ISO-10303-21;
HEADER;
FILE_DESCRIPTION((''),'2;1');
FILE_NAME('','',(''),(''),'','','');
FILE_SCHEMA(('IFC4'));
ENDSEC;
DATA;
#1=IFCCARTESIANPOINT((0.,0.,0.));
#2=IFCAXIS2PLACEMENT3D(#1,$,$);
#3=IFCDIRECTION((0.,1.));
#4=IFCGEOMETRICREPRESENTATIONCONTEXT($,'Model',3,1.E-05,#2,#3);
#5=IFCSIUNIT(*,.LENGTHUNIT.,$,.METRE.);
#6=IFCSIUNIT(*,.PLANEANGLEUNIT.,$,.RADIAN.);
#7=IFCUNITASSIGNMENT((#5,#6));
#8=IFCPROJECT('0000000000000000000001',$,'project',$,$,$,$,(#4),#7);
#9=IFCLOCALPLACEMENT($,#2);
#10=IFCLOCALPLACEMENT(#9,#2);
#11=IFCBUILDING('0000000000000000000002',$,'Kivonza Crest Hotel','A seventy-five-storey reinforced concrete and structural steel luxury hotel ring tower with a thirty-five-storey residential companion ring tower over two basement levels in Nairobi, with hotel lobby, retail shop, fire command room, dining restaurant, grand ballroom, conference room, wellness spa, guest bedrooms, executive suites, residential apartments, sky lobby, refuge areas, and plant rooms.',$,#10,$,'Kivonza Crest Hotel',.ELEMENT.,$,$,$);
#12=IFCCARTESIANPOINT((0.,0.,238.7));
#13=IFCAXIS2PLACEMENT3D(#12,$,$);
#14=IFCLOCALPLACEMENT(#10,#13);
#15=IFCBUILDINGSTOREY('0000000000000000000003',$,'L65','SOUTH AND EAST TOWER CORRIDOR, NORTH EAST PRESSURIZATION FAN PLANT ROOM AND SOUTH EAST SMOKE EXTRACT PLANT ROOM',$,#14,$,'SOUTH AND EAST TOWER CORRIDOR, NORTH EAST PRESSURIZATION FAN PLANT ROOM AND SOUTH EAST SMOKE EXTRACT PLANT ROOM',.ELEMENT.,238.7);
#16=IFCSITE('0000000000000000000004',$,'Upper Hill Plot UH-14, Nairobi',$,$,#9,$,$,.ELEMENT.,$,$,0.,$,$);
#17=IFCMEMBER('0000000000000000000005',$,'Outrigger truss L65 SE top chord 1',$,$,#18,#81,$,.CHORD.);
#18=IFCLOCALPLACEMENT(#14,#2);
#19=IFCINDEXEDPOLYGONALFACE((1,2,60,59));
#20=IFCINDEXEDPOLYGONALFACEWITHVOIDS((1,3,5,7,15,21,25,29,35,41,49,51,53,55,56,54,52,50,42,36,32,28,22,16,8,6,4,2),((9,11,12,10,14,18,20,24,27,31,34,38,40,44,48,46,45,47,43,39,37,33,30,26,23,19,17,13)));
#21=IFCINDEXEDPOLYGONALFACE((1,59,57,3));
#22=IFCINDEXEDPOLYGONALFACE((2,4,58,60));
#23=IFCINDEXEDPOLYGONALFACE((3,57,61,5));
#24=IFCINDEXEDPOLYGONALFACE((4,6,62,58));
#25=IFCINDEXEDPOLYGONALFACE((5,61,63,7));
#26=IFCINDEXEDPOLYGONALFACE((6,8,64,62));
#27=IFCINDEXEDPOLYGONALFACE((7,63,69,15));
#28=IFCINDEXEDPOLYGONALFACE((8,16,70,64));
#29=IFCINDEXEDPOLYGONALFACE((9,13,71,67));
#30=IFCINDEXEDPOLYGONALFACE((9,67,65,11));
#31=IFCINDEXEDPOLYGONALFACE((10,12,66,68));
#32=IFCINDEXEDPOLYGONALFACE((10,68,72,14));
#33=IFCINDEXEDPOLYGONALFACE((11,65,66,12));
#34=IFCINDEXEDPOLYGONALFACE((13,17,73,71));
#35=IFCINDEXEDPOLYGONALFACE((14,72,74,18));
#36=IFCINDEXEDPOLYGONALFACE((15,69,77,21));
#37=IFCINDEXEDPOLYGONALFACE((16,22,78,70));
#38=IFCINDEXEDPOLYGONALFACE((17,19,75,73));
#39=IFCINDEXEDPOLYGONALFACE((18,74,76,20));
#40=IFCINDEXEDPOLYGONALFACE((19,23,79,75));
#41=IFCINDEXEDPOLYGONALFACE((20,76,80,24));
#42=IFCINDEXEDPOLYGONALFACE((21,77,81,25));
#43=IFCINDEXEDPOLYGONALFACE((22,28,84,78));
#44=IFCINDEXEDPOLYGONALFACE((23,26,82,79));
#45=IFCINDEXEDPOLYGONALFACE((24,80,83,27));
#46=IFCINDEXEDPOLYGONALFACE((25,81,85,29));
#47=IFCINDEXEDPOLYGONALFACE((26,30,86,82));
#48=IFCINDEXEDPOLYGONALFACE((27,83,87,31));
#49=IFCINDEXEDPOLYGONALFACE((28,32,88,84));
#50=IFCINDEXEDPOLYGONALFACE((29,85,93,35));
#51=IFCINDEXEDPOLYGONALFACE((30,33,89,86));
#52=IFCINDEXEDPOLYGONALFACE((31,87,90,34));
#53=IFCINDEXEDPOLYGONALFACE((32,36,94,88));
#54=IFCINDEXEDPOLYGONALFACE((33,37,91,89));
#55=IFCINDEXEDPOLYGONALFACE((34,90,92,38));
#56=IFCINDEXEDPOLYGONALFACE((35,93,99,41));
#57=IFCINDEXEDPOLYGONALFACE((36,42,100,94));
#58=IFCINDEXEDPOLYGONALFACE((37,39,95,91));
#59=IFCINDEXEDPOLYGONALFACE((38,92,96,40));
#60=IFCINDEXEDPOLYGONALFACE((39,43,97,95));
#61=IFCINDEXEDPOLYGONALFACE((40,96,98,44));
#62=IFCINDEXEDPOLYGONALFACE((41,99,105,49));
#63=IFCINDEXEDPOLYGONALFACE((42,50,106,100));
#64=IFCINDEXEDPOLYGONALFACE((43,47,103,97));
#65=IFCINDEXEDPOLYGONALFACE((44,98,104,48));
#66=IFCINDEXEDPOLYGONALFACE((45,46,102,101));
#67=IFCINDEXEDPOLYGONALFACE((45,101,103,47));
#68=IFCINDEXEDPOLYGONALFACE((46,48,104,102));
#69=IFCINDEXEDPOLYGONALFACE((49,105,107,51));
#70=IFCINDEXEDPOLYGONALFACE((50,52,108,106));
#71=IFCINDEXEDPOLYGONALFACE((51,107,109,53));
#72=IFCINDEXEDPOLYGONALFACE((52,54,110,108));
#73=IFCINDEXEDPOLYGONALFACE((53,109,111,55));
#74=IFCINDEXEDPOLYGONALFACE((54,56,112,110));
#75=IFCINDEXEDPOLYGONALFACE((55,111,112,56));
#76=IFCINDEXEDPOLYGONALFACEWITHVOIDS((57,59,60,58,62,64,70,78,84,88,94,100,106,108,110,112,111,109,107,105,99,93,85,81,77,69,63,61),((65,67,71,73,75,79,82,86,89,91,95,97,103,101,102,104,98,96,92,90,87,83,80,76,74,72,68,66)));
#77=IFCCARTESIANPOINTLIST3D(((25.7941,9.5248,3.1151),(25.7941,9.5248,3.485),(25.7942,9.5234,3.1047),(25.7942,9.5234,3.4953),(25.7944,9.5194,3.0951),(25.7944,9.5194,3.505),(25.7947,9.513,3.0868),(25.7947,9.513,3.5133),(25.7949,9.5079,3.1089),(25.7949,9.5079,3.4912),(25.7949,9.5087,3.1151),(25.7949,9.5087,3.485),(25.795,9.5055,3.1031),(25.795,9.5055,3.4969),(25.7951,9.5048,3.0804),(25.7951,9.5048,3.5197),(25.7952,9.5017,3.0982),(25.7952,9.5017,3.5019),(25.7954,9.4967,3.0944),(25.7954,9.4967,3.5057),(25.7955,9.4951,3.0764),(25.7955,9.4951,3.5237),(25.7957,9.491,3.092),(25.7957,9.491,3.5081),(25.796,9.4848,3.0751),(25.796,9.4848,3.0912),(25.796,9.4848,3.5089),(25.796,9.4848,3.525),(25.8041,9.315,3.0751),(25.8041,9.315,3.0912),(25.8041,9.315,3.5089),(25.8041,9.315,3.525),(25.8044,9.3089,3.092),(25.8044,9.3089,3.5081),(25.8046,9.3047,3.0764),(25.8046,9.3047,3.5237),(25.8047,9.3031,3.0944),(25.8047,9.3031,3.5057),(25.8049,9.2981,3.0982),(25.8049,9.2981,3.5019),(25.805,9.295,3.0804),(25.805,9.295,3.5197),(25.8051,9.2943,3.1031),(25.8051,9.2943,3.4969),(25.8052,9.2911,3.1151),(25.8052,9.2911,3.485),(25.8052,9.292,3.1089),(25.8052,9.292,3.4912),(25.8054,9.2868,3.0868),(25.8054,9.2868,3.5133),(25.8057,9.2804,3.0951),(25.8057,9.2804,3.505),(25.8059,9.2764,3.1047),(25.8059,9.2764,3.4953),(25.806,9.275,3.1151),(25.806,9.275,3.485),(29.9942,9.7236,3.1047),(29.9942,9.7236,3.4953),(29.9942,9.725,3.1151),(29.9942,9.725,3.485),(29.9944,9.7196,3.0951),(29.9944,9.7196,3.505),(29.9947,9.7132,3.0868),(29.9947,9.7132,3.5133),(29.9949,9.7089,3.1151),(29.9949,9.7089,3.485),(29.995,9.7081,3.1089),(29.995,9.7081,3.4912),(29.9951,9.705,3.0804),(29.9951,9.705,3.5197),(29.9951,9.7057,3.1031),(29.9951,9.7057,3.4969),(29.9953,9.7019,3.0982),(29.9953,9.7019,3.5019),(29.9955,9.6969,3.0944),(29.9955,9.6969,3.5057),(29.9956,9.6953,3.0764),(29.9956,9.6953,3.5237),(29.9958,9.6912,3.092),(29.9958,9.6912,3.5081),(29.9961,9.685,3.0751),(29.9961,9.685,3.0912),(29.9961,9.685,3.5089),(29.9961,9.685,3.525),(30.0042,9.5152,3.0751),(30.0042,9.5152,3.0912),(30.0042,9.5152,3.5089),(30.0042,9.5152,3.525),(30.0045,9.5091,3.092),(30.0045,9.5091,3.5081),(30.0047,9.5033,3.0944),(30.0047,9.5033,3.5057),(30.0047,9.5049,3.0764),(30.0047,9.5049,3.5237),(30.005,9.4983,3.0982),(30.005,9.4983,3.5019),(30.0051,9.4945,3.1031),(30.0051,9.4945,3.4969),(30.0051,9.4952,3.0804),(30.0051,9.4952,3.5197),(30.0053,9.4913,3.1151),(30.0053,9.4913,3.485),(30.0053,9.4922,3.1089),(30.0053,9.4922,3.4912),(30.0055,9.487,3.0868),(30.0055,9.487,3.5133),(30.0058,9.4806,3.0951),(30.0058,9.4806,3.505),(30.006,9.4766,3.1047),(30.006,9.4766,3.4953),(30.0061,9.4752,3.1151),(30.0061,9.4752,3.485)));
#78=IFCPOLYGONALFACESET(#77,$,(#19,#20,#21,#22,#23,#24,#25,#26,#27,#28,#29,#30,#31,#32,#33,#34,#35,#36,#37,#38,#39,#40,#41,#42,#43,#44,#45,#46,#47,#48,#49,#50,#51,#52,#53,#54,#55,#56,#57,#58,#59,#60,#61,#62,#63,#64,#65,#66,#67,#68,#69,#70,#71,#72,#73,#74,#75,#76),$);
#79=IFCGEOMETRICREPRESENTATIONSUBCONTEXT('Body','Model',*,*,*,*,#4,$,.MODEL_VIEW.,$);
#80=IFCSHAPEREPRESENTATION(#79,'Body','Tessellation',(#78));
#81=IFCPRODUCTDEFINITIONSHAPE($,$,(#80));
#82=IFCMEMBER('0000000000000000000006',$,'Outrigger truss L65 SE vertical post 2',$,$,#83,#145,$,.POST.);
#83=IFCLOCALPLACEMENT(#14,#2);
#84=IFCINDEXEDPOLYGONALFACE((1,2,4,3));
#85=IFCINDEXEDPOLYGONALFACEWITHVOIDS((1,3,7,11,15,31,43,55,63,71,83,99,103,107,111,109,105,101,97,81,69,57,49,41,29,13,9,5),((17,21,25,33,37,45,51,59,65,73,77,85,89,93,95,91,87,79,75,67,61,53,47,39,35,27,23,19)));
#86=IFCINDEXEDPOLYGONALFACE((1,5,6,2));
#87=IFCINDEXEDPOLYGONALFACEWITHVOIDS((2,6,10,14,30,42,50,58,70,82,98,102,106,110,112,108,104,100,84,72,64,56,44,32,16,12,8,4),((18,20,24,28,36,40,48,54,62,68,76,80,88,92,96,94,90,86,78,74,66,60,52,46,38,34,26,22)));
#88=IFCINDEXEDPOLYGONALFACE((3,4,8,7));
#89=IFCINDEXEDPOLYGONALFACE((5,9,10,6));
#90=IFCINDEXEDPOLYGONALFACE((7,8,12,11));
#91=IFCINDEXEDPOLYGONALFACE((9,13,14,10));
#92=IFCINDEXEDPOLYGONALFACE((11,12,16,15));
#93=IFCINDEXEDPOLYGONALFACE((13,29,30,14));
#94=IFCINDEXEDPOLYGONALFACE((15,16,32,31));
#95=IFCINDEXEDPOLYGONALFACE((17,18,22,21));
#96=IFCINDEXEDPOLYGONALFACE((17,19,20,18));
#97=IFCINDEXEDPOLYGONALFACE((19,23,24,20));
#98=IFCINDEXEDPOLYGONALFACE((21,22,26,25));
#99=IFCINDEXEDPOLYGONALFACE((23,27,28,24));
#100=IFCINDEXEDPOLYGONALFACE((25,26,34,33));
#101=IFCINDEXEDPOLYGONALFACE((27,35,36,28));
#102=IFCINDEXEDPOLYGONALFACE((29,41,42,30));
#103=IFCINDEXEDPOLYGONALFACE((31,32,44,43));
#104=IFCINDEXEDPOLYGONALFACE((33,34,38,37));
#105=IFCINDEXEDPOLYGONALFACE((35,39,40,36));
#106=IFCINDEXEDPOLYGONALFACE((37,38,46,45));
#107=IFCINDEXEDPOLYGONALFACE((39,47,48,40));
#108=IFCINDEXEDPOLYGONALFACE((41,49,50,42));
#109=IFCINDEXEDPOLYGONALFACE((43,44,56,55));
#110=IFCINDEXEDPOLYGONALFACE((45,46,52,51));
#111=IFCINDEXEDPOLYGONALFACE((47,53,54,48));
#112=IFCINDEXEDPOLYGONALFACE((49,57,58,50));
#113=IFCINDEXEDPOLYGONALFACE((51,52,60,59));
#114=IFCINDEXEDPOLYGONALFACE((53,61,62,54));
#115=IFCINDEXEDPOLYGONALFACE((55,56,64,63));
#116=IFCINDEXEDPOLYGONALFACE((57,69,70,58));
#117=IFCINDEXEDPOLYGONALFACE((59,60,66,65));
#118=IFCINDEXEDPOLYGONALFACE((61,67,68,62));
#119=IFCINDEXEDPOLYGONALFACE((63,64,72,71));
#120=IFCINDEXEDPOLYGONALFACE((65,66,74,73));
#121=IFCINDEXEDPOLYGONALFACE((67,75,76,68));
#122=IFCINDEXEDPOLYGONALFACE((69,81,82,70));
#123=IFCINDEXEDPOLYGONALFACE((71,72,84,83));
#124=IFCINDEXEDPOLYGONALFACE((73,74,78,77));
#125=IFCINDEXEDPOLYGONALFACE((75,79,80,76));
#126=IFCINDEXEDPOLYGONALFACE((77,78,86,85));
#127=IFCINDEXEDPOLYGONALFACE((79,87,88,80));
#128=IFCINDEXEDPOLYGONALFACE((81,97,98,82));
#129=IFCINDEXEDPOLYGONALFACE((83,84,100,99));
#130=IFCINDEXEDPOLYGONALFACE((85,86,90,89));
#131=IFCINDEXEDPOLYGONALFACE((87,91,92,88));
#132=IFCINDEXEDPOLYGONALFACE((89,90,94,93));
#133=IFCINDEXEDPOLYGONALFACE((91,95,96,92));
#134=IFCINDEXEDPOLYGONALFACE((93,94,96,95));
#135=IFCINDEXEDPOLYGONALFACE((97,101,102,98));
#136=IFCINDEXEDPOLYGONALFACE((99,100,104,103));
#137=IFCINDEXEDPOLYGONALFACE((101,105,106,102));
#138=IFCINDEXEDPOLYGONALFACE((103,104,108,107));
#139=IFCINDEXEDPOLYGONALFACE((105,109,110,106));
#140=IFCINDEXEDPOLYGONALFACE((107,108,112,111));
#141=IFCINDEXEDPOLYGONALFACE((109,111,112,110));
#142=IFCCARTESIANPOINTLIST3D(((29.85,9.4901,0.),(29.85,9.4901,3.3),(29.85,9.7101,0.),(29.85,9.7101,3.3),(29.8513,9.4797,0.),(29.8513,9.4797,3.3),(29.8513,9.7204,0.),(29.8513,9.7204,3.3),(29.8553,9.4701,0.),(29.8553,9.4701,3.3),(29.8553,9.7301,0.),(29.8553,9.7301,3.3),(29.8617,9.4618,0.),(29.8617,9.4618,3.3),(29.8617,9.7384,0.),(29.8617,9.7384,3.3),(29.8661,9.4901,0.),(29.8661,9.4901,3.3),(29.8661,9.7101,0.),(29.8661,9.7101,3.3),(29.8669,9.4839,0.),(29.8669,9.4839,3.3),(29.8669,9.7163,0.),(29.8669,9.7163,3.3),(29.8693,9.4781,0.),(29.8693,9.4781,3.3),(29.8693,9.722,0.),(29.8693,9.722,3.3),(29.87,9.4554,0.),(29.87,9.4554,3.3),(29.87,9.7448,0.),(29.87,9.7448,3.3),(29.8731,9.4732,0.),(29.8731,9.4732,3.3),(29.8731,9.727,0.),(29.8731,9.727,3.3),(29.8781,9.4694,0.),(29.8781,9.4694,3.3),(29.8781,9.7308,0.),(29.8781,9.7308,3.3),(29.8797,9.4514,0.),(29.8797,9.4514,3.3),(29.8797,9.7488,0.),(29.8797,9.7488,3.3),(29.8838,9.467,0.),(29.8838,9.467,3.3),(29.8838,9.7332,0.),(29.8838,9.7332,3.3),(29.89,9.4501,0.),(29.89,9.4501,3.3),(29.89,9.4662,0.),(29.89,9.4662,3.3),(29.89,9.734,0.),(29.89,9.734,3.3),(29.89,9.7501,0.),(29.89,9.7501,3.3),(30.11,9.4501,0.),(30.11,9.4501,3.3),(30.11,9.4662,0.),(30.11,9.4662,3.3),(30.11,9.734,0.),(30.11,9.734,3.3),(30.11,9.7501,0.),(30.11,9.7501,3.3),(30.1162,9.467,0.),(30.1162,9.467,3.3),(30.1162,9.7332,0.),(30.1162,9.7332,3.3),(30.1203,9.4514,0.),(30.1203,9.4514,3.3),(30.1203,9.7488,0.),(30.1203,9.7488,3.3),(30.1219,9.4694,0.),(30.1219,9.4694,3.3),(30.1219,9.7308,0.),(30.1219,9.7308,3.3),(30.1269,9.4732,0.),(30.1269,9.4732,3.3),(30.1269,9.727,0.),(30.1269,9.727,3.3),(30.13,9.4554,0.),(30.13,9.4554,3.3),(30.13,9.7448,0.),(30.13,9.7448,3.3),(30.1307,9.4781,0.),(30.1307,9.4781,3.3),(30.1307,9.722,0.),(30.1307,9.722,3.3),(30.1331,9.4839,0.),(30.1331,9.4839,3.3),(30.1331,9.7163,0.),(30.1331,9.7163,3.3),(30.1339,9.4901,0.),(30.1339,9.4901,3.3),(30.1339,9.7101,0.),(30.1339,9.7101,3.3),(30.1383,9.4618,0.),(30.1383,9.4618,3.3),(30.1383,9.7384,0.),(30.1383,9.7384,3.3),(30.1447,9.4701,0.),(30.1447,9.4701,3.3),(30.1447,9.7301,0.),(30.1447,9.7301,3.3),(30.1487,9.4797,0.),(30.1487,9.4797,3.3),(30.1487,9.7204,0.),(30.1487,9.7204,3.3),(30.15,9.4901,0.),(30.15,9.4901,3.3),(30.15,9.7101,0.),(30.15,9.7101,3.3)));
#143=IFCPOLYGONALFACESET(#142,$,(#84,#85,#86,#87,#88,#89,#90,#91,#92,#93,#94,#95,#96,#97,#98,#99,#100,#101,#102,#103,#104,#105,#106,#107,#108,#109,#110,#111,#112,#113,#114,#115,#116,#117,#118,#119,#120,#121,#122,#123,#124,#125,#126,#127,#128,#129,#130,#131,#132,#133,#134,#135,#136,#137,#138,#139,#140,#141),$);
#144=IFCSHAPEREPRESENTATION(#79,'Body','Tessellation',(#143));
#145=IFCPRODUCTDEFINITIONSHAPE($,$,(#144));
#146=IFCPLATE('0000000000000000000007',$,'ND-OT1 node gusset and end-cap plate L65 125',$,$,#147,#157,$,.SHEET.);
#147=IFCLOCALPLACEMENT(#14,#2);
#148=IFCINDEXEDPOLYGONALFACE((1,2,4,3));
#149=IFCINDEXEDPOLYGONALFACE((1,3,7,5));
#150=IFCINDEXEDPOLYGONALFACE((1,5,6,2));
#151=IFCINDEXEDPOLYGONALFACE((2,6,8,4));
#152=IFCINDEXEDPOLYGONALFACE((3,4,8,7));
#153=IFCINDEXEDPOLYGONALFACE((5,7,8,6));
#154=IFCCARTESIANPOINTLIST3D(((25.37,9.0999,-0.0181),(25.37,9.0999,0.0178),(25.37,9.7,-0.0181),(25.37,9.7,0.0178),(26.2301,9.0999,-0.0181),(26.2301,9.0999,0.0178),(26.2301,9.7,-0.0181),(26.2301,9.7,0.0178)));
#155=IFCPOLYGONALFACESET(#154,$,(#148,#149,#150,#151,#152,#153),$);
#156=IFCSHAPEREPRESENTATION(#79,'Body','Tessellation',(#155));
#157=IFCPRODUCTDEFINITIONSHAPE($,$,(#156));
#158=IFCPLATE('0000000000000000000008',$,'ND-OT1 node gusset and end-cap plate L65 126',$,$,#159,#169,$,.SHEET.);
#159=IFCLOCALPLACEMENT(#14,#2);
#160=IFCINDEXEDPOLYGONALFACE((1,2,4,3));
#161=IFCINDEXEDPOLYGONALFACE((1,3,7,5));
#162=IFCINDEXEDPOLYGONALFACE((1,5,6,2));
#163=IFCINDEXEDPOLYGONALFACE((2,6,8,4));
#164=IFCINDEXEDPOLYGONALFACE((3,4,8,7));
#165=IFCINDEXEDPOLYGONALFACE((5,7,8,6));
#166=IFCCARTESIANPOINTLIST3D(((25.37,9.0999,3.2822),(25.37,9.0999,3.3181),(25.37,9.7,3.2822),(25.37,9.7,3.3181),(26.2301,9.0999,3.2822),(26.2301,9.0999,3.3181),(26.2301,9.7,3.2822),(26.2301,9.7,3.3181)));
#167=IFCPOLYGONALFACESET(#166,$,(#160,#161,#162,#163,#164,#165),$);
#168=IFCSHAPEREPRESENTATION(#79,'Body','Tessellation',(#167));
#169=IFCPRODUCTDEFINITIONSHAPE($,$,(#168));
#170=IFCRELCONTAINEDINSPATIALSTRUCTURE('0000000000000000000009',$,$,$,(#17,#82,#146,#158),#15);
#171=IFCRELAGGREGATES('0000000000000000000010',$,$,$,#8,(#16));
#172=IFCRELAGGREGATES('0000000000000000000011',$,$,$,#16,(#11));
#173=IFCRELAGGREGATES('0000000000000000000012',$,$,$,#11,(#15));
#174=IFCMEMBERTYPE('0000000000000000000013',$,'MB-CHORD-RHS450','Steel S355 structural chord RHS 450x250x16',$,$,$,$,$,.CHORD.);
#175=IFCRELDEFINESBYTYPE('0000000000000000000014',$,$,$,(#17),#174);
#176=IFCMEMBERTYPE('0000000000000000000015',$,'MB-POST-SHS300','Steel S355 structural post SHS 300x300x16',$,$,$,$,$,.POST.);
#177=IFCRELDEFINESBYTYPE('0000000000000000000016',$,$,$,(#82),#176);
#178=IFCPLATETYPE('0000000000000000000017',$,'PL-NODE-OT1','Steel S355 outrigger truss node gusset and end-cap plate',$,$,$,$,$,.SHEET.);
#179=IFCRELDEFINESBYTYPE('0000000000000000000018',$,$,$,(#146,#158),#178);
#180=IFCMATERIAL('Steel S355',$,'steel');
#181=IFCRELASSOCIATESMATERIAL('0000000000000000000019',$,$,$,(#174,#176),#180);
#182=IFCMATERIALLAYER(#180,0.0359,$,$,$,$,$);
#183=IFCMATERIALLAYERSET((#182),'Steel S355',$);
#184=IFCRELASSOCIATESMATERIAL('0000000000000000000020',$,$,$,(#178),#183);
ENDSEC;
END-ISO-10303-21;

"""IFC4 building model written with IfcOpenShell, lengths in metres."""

from ifc_helpers import new_model, si_unit, direction, frame, origin, origin_2d, place, context, subcontext, project, spatial, rectangle, hollow_rectangle, extrude, material, layer, layer_set, material_profile, profile_set, type_object, element, save


model = new_model("IFC4")

# Units and contexts
model_context = context("Model", 3, precision=1e-05, world=origin(), true_north=direction((0.0, 1.0)))
body_context = subcontext(model_context, "Body", "Model", "MODEL_VIEW")
ifc_project = project(units=[si_unit("LENGTHUNIT", "METRE"), si_unit("PLANEANGLEUNIT", "RADIAN")], contexts=[model_context])

# Site, building, storey
site_placement = place(None, origin())
site = spatial("IfcSite", under=ifc_project, at=site_placement, Name="Upper Hill Plot UH-14, Nairobi", CompositionType="ELEMENT", RefElevation=0.0)
building_placement = place(site_placement, origin())
building = spatial("IfcBuilding", under=site, at=building_placement, Name="Kivonza Crest Hotel", Description="A seventy-five-storey reinforced concrete and structural steel luxury hotel ring tower with a thirty-five-storey residential companion ring tower over two basement levels in Nairobi, with hotel lobby, retail shop, fire command room, dining restaurant, grand ballroom, conference room, wellness spa, guest bedrooms, executive suites, residential apartments, sky lobby, refuge areas, and plant rooms.", LongName="Kivonza Crest Hotel", CompositionType="ELEMENT")
storey_placement = place(building_placement, frame((0.0, 0.0, 238.7)))
storey = spatial("IfcBuildingStorey", under=building, at=storey_placement, Name="L65", Description="SOUTH AND EAST TOWER CORRIDOR, NORTH EAST PRESSURIZATION FAN PLANT ROOM AND SOUTH EAST SMOKE EXTRACT PLANT ROOM", LongName="SOUTH AND EAST TOWER CORRIDOR, NORTH EAST PRESSURIZATION FAN PLANT ROOM AND SOUTH EAST SMOKE EXTRACT PLANT ROOM", CompositionType="ELEMENT", Elevation=238.7)

# Shared definitions
ifc_material_1 = material(Name="Steel S355", Category="steel")

# Members
ifc_material_profile_1 = material_profile(ifc_material_1, hollow_rectangle(XDim=0.25, YDim=0.45, WallThickness=0.0161, InnerFilletRadius=0.0239, OuterFilletRadius=0.04, at=origin_2d()), Name="RHS 450x250x16")
ifc_profile_set_1 = profile_set([ifc_material_profile_1], Name="Steel S355")
member_type_1 = type_object("IfcMemberType", Name="MB-CHORD-RHS450", Description="Steel S355 structural chord RHS 450x250x16", PredefinedType="CHORD", material=ifc_profile_set_1)
for number, where, z_axis, x_axis, name in (
    (1, (25.8, 9.3999, 3.3), (0.998866, 0.047612, 0.0), (-0.047612, 0.998866, 0.0), "Outrigger truss L65 SE top chord 1"),
):
    element("IfcMember", number, at=place(storey_placement, frame(where, z_axis=z_axis, x_axis=x_axis)), inside=storey, type_object=member_type_1, Name=name, PredefinedType="CHORD", context=body_context, shape_type="SweptSolid", body=[
        extrude(hollow_rectangle(XDim=0.25, YDim=0.45, WallThickness=0.0161, InnerFilletRadius=0.0239, OuterFilletRadius=0.04, at=origin_2d()), origin(), (0.0, 0.0, 1.0), 4.2048),
    ])
ifc_material_profile_2 = material_profile(ifc_material_1, hollow_rectangle(XDim=0.3, YDim=0.3, WallThickness=0.0161, InnerFilletRadius=0.0239, OuterFilletRadius=0.04, at=origin_2d()), Name="SHS 300x300x16")
ifc_profile_set_2 = profile_set([ifc_material_profile_2], Name="Steel S355")
member_type_2 = type_object("IfcMemberType", Name="MB-POST-SHS300", Description="Steel S355 structural post SHS 300x300x16", PredefinedType="POST", material=ifc_profile_set_2)
member_1_placement = place(storey_placement, frame((30.0, 9.6001, 0.0), z_axis=(0.0, 0.0, 1.0), x_axis=(1.0, 0.0, 0.0)))
element("IfcMember", 2, at=member_1_placement, inside=storey, type_object=member_type_2, Name="Outrigger truss L65 SE vertical post 2", PredefinedType="POST", context=body_context, shape_type="SweptSolid", body=[
    extrude(hollow_rectangle(XDim=0.3, YDim=0.3, WallThickness=0.0161, InnerFilletRadius=0.0239, OuterFilletRadius=0.04, at=origin_2d()), origin(), (0.0, 0.0, 1.0), 3.3),
])

# Plates
ifc_layer_1 = layer(ifc_material_1, 0.0359)
ifc_layer_set_1 = layer_set([ifc_layer_1], Name="Steel S355")
plate_type = type_object("IfcPlateType", Name="PL-NODE-OT1", Description="Steel S355 outrigger truss node gusset and end-cap plate", PredefinedType="SHEET", material=ifc_layer_set_1)
for number, where, z_axis, x_axis, name in (
    (3, (25.8, 9.3999, -0.0181), (0.0, 0.0, 1.0), (1.0, 0.0, 0.0), "ND-OT1 node gusset and end-cap plate L65 125"),
    (4, (25.8, 9.3999, 3.2822), (0.0, 0.0, 1.0), (1.0, 0.0, 0.0), "ND-OT1 node gusset and end-cap plate L65 126"),
):
    element("IfcPlate", number, at=place(storey_placement, frame(where, z_axis=z_axis, x_axis=x_axis)), inside=storey, type_object=plate_type, Name=name, PredefinedType="SHEET", context=body_context, shape_type="SweptSolid", body=[
        extrude(rectangle(XDim=0.8601, YDim=0.6001, at=origin_2d()), origin(), (0.0, 0.0, 1.0), 0.0359),
    ])

save(model, "model.ifc")
